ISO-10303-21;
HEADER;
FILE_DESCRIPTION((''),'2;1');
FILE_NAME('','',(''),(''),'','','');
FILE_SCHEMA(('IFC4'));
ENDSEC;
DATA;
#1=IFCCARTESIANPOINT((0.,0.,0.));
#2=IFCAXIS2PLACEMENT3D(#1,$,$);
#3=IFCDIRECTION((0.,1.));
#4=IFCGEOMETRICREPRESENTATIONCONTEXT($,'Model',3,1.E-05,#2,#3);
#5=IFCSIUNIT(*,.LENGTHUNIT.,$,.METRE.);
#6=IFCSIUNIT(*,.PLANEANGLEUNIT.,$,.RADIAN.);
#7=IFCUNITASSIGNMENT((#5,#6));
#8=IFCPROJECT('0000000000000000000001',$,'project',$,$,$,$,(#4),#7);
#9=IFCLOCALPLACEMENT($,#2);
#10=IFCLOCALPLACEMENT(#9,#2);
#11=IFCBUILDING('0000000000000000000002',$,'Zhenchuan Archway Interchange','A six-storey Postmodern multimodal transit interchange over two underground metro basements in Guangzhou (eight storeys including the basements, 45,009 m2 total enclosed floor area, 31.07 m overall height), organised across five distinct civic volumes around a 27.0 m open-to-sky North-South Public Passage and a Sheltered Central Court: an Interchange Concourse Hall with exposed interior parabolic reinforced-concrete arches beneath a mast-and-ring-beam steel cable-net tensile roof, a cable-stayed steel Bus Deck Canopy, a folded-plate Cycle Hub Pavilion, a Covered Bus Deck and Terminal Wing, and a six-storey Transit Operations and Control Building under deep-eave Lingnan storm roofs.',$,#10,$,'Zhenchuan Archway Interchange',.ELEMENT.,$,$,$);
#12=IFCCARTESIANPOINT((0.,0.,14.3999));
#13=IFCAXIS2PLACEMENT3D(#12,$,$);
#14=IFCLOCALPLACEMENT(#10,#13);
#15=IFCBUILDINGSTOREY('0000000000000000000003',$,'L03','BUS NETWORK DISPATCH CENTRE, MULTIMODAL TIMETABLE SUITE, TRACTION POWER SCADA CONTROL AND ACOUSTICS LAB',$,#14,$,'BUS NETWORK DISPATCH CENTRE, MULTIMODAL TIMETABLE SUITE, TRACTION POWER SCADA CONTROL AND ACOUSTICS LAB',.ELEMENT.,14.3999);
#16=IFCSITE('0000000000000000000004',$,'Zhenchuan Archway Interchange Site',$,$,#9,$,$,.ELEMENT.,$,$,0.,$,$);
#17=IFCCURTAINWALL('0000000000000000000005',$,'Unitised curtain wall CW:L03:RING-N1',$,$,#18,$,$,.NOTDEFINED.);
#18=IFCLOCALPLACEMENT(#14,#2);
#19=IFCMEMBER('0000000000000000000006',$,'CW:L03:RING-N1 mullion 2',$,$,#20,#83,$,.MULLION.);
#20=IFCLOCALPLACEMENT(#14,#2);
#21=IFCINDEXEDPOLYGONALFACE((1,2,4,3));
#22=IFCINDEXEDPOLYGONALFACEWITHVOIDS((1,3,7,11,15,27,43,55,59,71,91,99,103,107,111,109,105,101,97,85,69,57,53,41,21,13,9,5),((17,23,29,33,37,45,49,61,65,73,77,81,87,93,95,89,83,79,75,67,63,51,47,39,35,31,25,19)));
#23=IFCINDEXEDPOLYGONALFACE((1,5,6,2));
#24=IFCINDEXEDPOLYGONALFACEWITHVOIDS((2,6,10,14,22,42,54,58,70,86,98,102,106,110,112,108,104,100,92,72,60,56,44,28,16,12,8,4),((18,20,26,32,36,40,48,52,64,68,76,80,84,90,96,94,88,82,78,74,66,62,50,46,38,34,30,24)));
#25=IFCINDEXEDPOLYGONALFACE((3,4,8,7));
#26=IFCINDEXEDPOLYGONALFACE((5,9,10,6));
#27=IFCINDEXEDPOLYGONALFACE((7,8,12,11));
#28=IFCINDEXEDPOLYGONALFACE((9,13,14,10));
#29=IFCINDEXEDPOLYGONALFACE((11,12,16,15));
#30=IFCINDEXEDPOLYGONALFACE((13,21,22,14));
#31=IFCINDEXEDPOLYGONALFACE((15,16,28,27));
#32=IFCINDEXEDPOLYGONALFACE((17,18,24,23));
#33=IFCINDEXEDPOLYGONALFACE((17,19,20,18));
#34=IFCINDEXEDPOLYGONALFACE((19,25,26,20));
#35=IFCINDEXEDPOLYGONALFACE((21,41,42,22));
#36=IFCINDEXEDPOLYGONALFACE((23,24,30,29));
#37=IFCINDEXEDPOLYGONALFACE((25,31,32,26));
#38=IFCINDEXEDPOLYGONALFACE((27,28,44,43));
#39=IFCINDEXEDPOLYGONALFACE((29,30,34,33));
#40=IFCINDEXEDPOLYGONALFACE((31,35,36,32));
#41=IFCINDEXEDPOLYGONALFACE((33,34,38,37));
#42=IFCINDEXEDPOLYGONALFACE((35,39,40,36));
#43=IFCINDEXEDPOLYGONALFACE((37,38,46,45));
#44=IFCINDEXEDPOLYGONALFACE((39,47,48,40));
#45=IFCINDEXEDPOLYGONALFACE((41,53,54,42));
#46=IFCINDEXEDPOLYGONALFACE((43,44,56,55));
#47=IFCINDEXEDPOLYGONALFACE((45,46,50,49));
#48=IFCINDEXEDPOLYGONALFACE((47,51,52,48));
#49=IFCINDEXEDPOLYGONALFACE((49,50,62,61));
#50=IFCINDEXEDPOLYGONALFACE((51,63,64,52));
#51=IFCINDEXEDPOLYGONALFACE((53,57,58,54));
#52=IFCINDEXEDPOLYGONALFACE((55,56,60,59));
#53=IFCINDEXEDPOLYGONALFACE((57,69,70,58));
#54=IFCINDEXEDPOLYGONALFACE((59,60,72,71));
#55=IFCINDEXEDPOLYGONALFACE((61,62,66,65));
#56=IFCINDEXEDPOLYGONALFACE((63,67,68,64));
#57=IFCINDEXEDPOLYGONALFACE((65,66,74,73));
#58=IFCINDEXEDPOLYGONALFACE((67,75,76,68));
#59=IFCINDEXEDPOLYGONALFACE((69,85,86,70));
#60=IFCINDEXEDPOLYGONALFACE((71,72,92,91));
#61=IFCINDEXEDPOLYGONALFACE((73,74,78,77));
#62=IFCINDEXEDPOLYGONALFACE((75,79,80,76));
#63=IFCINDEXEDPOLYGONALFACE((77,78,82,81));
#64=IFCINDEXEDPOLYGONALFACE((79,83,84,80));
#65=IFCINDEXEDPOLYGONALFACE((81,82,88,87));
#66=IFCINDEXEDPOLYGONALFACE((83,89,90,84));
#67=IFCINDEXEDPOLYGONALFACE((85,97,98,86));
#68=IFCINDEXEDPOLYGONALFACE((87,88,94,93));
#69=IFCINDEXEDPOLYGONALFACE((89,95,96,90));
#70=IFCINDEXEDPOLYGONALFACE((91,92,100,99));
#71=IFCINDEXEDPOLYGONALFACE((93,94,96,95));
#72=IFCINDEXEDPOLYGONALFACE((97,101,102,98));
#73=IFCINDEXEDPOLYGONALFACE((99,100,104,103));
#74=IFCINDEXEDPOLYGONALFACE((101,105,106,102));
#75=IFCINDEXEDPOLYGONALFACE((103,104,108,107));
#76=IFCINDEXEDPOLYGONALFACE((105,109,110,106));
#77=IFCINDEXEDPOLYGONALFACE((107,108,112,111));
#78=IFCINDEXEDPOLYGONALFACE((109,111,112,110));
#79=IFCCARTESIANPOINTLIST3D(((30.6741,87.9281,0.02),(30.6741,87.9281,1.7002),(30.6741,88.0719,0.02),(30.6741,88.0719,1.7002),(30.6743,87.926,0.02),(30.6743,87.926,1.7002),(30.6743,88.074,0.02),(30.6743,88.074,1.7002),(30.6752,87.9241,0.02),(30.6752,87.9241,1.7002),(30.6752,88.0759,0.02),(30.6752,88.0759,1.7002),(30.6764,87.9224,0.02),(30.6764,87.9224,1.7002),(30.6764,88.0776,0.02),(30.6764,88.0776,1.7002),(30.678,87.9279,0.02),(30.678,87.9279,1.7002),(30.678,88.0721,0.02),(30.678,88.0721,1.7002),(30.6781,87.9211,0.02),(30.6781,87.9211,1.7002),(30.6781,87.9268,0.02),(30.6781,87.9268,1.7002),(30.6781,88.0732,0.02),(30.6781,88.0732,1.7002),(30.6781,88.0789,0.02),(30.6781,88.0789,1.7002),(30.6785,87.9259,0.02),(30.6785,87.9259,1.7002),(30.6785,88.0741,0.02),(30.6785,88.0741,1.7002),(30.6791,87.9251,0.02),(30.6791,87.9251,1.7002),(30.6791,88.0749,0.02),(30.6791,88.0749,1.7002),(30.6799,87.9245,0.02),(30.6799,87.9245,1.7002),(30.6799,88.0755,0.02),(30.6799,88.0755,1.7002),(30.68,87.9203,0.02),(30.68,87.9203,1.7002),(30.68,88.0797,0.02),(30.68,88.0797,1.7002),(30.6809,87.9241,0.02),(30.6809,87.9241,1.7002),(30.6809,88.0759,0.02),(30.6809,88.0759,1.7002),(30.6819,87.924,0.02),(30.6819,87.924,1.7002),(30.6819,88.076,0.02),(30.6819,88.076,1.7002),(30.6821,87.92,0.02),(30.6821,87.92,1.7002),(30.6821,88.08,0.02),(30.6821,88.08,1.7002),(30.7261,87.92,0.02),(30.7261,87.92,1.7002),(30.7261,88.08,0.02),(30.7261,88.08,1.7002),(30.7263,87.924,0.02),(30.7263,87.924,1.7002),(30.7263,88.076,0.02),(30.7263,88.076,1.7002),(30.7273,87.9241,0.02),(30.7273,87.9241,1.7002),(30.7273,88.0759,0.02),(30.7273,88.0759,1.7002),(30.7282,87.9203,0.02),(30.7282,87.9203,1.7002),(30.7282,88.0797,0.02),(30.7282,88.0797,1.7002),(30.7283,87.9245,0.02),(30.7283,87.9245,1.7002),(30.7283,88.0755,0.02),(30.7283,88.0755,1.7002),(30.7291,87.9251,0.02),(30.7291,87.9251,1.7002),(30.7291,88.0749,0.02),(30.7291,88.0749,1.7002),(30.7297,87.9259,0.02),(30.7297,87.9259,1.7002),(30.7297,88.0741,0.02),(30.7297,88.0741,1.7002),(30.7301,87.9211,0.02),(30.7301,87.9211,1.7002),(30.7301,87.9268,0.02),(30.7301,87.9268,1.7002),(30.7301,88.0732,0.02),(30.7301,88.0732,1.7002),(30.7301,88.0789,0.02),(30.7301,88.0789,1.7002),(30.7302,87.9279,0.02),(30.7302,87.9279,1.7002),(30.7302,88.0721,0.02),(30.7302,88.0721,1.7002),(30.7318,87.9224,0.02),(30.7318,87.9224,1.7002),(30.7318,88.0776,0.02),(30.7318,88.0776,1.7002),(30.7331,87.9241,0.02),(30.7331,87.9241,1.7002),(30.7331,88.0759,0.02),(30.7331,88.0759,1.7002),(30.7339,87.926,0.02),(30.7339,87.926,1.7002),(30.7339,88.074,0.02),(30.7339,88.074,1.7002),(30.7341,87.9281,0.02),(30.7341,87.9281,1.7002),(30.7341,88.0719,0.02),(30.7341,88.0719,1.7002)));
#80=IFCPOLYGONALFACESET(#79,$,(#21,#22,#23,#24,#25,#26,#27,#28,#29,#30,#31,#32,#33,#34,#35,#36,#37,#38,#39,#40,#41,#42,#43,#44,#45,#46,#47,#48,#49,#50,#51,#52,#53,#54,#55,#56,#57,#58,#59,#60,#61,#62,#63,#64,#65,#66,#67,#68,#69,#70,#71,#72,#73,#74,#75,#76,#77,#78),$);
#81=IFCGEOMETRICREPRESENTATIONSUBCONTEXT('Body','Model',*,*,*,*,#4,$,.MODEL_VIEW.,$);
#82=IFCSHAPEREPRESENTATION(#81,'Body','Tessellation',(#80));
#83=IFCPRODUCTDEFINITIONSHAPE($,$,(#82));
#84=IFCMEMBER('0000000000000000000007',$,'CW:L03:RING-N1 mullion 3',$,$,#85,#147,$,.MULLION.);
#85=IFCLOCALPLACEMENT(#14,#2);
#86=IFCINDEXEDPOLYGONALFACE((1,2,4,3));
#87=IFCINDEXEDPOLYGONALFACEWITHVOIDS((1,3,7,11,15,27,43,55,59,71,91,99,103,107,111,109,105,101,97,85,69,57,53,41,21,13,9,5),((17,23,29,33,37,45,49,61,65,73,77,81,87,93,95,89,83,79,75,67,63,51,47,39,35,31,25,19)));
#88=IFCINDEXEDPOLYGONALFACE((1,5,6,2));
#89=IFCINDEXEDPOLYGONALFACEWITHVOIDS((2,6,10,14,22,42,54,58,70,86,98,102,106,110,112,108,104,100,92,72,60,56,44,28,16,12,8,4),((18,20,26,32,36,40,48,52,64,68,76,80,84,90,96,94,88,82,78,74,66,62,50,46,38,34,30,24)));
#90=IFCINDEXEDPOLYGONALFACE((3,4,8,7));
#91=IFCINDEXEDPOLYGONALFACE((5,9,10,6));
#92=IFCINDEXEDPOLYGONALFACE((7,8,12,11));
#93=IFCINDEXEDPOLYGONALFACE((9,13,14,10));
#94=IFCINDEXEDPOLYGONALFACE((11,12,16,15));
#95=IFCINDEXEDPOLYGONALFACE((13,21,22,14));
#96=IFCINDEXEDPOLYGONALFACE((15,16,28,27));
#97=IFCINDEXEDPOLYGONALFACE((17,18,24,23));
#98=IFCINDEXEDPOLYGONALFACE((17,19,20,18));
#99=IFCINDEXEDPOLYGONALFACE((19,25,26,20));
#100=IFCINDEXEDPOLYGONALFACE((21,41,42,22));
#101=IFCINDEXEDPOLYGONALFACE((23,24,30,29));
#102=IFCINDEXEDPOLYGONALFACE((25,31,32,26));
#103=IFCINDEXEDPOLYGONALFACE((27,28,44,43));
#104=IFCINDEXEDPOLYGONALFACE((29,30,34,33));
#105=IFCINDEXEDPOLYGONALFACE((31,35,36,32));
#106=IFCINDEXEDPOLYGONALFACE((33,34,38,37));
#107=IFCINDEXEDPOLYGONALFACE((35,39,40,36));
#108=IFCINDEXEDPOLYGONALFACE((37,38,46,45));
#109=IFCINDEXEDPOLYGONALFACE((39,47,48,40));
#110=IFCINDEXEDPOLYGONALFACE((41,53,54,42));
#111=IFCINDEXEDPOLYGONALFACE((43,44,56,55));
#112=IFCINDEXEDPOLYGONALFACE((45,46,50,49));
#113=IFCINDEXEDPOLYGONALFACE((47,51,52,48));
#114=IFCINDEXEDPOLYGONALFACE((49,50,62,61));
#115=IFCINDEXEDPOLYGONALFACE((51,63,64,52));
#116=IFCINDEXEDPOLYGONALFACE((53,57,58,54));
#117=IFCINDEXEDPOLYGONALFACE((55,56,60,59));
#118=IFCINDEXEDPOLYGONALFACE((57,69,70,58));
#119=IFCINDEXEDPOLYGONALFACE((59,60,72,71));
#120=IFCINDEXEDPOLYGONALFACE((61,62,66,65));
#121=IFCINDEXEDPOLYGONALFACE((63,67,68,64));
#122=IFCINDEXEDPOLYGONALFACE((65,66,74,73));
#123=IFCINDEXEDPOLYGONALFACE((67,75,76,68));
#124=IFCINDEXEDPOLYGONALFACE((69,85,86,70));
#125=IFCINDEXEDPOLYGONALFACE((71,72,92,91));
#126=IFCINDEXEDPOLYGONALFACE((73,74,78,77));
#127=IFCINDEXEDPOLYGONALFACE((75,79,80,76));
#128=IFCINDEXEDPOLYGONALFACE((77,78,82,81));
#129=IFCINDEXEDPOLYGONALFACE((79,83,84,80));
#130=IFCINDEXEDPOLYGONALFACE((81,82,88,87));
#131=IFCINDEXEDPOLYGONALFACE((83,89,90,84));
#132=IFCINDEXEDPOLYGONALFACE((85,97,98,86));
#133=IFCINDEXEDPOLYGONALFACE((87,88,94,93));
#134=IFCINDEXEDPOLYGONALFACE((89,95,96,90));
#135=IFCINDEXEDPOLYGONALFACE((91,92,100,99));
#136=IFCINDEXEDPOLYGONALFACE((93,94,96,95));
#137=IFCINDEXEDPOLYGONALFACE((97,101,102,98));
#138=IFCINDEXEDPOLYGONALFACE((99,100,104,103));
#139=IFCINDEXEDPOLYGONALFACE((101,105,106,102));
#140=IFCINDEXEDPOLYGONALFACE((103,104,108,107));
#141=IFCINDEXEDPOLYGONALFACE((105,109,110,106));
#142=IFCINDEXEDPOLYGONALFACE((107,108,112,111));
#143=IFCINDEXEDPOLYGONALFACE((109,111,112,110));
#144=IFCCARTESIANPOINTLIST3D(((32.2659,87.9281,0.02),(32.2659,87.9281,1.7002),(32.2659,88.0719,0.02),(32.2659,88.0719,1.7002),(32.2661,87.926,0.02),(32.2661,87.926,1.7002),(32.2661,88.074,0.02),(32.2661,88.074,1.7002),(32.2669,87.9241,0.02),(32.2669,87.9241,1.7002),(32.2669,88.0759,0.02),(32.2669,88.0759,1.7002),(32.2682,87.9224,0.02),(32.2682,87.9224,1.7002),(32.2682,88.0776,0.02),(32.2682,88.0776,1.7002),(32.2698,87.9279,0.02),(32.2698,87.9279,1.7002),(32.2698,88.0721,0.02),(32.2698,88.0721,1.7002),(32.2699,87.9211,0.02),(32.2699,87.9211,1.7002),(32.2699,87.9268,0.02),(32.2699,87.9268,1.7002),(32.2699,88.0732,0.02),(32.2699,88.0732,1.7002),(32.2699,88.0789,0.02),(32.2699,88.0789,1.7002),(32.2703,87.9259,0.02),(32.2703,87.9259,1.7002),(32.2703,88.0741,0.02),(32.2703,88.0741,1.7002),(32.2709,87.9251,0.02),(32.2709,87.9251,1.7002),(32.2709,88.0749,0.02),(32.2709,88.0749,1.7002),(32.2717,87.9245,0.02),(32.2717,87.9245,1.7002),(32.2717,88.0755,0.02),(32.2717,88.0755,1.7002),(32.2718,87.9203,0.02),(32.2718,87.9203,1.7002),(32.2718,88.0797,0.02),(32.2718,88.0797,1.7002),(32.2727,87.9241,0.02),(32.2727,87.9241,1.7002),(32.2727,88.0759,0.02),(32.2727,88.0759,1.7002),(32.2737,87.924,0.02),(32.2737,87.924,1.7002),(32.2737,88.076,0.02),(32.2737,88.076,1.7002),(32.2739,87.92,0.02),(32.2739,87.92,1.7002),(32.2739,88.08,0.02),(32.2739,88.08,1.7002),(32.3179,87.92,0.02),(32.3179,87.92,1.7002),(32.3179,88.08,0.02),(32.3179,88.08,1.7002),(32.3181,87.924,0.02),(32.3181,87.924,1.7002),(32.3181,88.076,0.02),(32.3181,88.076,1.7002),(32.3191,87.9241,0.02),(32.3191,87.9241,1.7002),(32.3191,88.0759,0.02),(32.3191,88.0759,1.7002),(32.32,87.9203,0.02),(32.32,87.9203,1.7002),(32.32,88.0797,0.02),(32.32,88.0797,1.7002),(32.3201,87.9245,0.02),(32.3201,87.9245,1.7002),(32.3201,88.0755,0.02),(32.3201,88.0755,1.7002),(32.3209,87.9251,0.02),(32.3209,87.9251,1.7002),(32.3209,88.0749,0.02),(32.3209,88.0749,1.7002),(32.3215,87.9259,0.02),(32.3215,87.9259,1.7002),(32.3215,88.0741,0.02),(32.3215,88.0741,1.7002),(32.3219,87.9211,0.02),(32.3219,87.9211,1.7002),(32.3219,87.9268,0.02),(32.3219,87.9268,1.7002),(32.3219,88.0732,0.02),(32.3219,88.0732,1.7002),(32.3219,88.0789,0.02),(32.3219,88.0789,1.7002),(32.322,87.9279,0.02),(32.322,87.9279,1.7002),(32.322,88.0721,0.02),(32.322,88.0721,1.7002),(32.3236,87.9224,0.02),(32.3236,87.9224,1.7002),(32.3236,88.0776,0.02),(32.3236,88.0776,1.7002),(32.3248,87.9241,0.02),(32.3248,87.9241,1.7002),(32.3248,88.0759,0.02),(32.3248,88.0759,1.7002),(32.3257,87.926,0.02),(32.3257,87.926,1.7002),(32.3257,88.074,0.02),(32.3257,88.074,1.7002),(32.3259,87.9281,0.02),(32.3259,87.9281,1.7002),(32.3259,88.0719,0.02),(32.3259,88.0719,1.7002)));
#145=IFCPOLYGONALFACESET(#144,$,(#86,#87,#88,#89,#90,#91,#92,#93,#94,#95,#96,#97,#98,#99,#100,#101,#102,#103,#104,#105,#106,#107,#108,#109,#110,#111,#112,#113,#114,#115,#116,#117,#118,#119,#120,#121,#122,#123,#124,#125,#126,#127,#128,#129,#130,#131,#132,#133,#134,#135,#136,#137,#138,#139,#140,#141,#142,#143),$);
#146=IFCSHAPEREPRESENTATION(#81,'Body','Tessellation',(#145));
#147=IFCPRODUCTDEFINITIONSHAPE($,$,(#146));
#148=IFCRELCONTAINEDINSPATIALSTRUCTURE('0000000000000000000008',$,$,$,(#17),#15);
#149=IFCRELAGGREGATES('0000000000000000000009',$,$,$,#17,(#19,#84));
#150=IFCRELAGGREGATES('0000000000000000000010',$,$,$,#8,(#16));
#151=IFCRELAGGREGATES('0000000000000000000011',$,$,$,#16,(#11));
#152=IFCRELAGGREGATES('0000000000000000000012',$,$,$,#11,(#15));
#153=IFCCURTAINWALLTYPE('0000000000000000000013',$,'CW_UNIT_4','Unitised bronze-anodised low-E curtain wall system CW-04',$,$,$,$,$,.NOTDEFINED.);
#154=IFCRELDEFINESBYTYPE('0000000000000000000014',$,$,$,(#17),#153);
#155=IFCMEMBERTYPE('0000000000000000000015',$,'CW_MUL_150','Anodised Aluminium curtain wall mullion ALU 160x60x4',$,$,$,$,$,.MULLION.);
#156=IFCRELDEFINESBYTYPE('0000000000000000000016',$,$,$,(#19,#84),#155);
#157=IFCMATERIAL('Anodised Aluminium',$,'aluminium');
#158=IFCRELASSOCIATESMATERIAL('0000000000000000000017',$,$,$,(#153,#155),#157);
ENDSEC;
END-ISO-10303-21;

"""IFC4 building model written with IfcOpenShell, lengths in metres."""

from ifc_helpers import new_model, si_unit, direction, frame, origin, origin_2d, place, context, subcontext, project, spatial, hollow_rectangle, extrude, material, material_profile, profile_set, type_object, element, aggregate, save


model = new_model("IFC4")

# Units and contexts
model_context = context("Model", 3, precision=1e-05, world=origin(), true_north=direction((0.0, 1.0)))
body_context = subcontext(model_context, "Body", "Model", "MODEL_VIEW")
ifc_project = project(units=[si_unit("LENGTHUNIT", "METRE"), si_unit("PLANEANGLEUNIT", "RADIAN")], contexts=[model_context])

# Site, building, storey
site_placement = place(None, origin())
site = spatial("IfcSite", under=ifc_project, at=site_placement, Name="Zhenchuan Archway Interchange Site", CompositionType="ELEMENT", RefElevation=0.0)
building_placement = place(site_placement, origin())
building = spatial("IfcBuilding", under=site, at=building_placement, Name="Zhenchuan Archway Interchange", Description="A six-storey Postmodern multimodal transit interchange over two underground metro basements in Guangzhou (eight storeys including the basements, 45,009 m2 total enclosed floor area, 31.07 m overall height), organised across five distinct civic volumes around a 27.0 m open-to-sky North-South Public Passage and a Sheltered Central Court: an Interchange Concourse Hall with exposed interior parabolic reinforced-concrete arches beneath a mast-and-ring-beam steel cable-net tensile roof, a cable-stayed steel Bus Deck Canopy, a folded-plate Cycle Hub Pavilion, a Covered Bus Deck and Terminal Wing, and a six-storey Transit Operations and Control Building under deep-eave Lingnan storm roofs.", LongName="Zhenchuan Archway Interchange", CompositionType="ELEMENT")
storey_placement = place(building_placement, frame((0.0, 0.0, 14.3999)))
storey = spatial("IfcBuildingStorey", under=building, at=storey_placement, Name="L03", Description="BUS NETWORK DISPATCH CENTRE, MULTIMODAL TIMETABLE SUITE, TRACTION POWER SCADA CONTROL AND ACOUSTICS LAB", LongName="BUS NETWORK DISPATCH CENTRE, MULTIMODAL TIMETABLE SUITE, TRACTION POWER SCADA CONTROL AND ACOUSTICS LAB", CompositionType="ELEMENT", Elevation=14.3999)

# Curtain wall, members
ifc_material_1 = material(Name="Anodised Aluminium", Category="aluminium")
curtain_wall_type = type_object("IfcCurtainWallType", Name="CW_UNIT_4", Description="Unitised bronze-anodised low-E curtain wall system CW-04", PredefinedType="NOTDEFINED", material=ifc_material_1)
curtain_wall_placement = place(storey_placement, origin())
curtain_wall = element("IfcCurtainWall", 1, at=curtain_wall_placement, inside=storey, type_object=curtain_wall_type, Name="Unitised curtain wall CW:L03:RING-N1", PredefinedType="NOTDEFINED")
ifc_material_profile_1 = material_profile(ifc_material_1, hollow_rectangle(XDim=0.0601, YDim=0.1599, WallThickness=0.0039, InnerFilletRadius=0.0039, OuterFilletRadius=0.0081, at=origin_2d()), Name="ALU 160x60x4")
ifc_profile_set_1 = profile_set([ifc_material_profile_1], Name="Anodised Aluminium")
member_type_1 = type_object("IfcMemberType", Name="CW_MUL_150", Description="Anodised Aluminium curtain wall mullion ALU 160x60x4", PredefinedType="MULLION", material=ifc_profile_set_1)
member_1_placement = place(storey_placement, frame((30.7041, 88.0, 0.02), z_axis=(0.0, 0.0, 1.0), x_axis=(1.0, 0.0, 0.0)))
member_1 = element("IfcMember", 2, at=member_1_placement, type_object=member_type_1, Name="CW:L03:RING-N1 mullion 2", PredefinedType="MULLION", context=body_context, shape_type="SweptSolid", body=[
    extrude(hollow_rectangle(XDim=0.0601, YDim=0.1599, WallThickness=0.0039, InnerFilletRadius=0.0039, OuterFilletRadius=0.0081, at=origin_2d()), origin(), (0.0, 0.0, 1.0), 1.6802),
])
member_2_placement = place(storey_placement, frame((32.2959, 88.0, 0.02), z_axis=(0.0, 0.0, 1.0), x_axis=(1.0, 0.0, 0.0)))
member_2 = element("IfcMember", 3, at=member_2_placement, type_object=member_type_1, Name="CW:L03:RING-N1 mullion 3", PredefinedType="MULLION", context=body_context, shape_type="SweptSolid", body=[
    extrude(hollow_rectangle(XDim=0.0601, YDim=0.1599, WallThickness=0.0039, InnerFilletRadius=0.0039, OuterFilletRadius=0.0081, at=origin_2d()), origin(), (0.0, 0.0, 1.0), 1.6802),
])

aggregate(curtain_wall, [member_1, member_2])

save(model, "model.ifc")
